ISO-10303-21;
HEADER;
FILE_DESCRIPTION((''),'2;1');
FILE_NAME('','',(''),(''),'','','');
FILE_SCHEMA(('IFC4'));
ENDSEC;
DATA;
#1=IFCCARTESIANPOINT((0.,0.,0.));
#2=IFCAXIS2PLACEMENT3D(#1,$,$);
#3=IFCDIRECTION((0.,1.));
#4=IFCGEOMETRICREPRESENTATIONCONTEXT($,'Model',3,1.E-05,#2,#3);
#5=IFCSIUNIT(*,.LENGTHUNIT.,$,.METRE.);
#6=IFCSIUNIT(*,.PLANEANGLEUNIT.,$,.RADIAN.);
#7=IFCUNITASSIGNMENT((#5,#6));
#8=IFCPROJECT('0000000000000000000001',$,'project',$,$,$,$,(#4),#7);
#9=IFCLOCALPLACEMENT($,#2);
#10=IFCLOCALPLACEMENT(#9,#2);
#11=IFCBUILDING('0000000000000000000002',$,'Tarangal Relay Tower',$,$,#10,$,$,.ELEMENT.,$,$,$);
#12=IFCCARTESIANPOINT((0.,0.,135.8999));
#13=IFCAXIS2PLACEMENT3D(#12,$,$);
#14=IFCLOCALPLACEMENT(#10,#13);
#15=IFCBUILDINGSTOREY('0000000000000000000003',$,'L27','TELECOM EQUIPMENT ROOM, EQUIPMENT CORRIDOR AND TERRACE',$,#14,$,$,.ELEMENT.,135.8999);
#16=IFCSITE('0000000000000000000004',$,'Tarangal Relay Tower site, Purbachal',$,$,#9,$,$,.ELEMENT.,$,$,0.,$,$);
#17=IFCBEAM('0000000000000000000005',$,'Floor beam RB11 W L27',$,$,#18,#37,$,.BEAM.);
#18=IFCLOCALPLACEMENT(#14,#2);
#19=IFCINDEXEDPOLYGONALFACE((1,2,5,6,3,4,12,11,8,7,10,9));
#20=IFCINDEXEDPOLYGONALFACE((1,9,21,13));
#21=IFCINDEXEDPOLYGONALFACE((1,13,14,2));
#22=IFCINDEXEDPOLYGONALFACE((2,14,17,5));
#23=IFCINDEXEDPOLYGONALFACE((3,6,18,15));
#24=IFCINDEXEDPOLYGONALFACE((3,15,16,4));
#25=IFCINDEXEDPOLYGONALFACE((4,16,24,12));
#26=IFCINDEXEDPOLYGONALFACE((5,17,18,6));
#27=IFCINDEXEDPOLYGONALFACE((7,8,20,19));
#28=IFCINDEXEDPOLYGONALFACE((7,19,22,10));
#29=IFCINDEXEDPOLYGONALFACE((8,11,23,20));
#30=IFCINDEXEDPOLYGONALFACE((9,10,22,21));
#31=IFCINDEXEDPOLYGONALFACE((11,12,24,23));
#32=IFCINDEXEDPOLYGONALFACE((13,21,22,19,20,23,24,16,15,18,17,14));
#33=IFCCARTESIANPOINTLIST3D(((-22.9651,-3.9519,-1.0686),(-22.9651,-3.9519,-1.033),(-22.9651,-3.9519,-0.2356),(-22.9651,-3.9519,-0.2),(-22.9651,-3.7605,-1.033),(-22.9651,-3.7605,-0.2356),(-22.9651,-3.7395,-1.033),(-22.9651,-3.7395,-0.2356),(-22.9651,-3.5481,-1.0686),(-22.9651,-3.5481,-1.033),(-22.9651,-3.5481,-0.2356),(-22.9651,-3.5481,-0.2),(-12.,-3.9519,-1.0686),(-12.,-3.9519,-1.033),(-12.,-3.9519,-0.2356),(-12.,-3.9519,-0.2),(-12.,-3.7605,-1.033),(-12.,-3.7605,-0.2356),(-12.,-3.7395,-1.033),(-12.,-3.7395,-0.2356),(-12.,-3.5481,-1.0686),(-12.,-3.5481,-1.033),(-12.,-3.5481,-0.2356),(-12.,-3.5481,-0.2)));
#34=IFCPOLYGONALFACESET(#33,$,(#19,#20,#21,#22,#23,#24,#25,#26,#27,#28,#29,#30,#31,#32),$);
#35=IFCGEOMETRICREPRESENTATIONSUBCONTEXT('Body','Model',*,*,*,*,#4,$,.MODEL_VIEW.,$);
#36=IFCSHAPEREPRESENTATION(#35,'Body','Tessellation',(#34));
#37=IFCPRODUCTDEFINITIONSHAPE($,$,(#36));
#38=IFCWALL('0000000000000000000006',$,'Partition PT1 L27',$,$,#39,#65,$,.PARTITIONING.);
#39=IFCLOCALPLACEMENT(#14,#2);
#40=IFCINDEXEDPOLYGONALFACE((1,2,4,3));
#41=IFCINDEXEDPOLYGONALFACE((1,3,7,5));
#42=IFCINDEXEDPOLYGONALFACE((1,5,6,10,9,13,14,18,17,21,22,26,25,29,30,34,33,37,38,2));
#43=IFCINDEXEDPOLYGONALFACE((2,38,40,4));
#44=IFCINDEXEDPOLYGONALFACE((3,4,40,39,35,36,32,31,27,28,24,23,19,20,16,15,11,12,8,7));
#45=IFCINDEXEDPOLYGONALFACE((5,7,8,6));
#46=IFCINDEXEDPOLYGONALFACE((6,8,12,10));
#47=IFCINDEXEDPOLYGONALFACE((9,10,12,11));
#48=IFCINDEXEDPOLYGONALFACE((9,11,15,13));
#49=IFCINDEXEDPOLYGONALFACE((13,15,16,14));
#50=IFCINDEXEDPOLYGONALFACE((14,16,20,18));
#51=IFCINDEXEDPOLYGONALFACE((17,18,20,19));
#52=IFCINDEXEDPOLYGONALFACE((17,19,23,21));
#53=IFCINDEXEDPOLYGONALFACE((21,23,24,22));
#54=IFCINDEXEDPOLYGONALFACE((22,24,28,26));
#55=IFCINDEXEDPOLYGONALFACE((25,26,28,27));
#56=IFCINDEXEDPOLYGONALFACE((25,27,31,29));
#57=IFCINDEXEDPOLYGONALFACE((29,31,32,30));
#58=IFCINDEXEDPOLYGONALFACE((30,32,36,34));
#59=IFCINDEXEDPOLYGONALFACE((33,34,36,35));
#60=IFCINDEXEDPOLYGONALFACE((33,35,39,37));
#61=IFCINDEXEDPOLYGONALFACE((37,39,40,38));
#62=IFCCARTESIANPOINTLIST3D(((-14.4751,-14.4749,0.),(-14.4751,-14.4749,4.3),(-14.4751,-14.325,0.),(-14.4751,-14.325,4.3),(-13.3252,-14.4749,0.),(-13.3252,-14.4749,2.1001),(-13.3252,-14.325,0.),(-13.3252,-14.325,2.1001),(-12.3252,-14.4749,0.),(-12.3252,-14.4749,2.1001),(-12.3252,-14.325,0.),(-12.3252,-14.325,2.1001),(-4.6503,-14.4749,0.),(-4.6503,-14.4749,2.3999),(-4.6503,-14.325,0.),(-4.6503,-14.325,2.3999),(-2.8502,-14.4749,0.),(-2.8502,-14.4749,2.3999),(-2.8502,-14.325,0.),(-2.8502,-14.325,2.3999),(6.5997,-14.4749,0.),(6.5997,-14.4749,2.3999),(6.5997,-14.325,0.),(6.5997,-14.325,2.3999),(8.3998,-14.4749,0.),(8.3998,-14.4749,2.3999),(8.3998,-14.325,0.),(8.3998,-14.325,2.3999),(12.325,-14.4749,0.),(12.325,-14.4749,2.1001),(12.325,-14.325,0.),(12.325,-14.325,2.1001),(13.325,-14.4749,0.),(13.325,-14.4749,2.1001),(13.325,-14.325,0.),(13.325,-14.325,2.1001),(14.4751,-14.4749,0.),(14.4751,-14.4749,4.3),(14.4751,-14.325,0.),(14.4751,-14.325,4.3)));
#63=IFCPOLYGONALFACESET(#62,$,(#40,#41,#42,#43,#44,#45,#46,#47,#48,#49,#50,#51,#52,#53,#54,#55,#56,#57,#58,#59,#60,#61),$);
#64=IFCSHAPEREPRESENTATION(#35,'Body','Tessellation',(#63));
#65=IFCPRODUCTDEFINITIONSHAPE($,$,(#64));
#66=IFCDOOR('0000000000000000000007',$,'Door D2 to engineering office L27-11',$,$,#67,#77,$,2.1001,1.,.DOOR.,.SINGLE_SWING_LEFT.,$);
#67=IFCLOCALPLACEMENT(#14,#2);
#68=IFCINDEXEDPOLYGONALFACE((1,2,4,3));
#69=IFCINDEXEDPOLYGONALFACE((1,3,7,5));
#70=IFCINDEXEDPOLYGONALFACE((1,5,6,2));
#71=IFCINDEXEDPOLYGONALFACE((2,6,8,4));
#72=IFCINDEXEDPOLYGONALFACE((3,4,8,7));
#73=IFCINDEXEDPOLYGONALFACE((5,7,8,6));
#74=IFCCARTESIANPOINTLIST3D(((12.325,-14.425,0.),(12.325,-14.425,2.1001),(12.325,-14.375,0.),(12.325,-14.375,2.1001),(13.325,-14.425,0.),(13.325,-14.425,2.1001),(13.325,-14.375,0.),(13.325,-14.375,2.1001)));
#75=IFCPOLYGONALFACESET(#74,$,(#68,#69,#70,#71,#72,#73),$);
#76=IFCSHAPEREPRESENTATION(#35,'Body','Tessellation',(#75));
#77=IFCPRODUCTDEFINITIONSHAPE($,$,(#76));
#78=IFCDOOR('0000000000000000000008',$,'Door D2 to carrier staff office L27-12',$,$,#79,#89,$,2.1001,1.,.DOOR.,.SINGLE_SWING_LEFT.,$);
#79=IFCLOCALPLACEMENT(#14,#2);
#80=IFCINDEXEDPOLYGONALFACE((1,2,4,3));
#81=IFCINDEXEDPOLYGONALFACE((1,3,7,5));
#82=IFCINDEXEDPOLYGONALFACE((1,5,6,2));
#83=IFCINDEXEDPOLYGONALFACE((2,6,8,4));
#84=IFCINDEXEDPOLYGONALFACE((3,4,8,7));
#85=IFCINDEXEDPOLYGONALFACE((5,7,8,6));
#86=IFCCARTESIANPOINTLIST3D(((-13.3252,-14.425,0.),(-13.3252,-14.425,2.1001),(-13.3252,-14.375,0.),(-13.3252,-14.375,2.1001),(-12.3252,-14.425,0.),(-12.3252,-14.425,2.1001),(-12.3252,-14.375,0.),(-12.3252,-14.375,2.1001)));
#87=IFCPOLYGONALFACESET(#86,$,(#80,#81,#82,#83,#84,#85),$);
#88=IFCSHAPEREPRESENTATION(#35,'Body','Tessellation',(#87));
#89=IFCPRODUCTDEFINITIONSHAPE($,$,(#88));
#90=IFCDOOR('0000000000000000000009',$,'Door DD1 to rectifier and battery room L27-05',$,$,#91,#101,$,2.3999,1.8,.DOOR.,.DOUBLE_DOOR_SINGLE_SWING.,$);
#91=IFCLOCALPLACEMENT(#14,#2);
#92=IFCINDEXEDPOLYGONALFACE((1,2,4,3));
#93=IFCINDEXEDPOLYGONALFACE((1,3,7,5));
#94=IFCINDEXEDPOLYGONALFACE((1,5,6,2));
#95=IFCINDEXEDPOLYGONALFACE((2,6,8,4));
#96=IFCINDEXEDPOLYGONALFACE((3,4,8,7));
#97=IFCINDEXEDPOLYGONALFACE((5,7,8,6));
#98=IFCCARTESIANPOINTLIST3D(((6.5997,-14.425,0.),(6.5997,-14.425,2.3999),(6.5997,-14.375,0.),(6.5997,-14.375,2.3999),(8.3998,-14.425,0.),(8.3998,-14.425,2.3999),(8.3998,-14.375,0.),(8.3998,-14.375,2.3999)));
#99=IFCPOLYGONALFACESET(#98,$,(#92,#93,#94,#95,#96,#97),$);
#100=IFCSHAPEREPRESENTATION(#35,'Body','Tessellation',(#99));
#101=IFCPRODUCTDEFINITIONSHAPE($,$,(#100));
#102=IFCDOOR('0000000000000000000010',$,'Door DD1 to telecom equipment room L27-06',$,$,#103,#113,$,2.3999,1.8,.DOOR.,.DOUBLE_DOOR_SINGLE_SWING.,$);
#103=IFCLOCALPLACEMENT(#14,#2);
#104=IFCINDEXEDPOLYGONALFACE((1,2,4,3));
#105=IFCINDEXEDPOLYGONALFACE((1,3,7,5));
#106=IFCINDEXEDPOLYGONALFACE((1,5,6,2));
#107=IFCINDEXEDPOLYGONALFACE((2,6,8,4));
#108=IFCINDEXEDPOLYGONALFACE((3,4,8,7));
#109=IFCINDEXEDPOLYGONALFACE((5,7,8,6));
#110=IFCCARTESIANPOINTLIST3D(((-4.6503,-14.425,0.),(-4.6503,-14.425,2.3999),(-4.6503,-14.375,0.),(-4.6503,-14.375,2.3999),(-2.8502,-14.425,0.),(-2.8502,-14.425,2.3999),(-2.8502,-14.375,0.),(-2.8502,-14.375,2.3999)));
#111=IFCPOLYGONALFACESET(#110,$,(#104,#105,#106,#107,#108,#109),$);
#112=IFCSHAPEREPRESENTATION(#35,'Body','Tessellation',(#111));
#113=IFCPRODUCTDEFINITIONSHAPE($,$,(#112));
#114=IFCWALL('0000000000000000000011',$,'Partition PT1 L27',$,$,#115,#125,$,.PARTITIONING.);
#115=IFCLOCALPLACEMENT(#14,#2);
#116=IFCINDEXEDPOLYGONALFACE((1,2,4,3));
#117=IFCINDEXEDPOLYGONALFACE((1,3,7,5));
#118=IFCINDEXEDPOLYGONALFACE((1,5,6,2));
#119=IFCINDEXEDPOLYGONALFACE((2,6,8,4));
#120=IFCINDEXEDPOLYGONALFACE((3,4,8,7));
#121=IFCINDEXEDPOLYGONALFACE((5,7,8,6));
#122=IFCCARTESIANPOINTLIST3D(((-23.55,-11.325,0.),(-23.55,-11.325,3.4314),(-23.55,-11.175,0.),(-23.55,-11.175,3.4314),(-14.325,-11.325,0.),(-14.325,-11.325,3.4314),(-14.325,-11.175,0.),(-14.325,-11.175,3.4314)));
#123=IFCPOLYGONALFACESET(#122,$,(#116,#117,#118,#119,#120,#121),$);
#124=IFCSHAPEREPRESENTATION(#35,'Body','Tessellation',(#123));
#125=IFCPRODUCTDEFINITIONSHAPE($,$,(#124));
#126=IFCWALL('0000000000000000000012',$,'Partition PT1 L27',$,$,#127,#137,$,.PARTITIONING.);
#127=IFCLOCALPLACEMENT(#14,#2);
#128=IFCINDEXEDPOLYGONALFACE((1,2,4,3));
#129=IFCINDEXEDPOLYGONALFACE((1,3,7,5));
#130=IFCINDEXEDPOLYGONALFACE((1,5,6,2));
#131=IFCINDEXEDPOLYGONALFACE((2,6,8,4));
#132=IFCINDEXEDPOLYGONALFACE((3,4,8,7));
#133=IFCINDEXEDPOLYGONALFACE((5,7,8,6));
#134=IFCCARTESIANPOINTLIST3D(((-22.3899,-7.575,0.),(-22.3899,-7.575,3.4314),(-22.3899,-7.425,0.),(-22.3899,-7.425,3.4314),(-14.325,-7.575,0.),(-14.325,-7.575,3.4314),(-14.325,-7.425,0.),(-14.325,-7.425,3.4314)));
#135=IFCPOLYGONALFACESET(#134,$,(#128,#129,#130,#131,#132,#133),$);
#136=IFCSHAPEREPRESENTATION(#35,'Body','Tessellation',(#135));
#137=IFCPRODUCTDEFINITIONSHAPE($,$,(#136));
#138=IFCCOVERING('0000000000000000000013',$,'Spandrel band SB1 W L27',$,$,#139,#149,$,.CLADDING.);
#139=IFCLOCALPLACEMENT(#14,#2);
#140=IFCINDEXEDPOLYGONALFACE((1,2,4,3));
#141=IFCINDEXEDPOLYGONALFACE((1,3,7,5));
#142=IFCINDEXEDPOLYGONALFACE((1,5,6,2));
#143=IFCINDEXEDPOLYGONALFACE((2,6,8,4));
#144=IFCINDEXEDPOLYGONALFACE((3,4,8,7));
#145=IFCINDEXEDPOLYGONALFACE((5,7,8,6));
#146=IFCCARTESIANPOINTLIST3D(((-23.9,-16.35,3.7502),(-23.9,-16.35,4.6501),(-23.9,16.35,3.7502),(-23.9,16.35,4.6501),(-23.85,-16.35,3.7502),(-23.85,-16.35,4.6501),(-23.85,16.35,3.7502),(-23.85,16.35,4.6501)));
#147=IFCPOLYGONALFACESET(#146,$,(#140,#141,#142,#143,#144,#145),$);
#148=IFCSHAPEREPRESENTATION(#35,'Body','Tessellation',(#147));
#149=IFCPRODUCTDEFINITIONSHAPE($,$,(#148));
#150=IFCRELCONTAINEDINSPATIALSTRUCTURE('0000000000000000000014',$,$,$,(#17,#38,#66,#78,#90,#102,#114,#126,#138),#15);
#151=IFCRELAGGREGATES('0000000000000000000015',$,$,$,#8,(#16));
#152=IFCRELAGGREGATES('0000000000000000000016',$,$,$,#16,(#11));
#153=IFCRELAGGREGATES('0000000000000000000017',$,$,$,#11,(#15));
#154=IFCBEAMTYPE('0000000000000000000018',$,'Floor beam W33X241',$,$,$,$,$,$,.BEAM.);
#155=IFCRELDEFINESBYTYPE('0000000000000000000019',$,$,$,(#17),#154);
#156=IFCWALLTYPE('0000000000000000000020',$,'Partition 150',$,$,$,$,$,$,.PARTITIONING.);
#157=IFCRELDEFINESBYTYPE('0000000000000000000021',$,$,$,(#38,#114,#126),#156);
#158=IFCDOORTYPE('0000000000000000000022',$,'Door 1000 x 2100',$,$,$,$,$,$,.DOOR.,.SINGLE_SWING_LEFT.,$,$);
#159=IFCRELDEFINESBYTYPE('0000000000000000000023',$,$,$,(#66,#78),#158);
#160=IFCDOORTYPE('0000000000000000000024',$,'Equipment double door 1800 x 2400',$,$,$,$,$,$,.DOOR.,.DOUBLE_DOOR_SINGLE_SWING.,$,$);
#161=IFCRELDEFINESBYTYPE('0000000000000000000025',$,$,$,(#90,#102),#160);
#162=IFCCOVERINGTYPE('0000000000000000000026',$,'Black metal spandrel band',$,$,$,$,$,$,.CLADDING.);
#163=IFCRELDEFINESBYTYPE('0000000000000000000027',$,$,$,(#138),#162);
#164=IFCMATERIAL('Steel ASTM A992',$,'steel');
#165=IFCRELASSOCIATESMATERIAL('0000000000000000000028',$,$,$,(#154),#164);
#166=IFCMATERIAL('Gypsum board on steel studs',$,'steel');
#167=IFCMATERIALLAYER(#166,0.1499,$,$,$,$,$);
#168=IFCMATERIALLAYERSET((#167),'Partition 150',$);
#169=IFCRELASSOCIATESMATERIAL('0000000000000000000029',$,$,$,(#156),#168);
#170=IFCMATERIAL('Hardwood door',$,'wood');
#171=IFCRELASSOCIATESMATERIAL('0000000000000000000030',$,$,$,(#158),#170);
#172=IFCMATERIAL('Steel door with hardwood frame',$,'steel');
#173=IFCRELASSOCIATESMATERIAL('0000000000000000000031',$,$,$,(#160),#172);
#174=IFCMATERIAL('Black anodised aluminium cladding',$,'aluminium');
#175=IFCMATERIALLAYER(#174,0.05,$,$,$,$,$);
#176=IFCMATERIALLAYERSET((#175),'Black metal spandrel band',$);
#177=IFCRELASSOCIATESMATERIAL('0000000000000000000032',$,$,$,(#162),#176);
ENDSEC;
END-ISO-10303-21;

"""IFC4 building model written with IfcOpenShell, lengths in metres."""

from ifc_helpers import new_model, si_unit, direction, frame, frame_2d, origin, origin_2d, place, context, subcontext, project, spatial, rectangle, i_section, extrude, material, layer, layer_set, material_profile, profile_set, type_object, element, fill, save


model = new_model("IFC4")

# Units and contexts
model_context = context("Model", 3, precision=1e-05, world=origin(), true_north=direction((0.0, 1.0)))
body_context = subcontext(model_context, "Body", "Model", "MODEL_VIEW")
ifc_project = project(units=[si_unit("LENGTHUNIT", "METRE"), si_unit("PLANEANGLEUNIT", "RADIAN")], contexts=[model_context])

# Site, building, storey
site_placement = place(None, origin())
site = spatial("IfcSite", under=ifc_project, at=site_placement, Name="Tarangal Relay Tower site, Purbachal", CompositionType="ELEMENT", RefElevation=0.0)
building_placement = place(site_placement, origin())
building = spatial("IfcBuilding", under=site, at=building_placement, Name="Tarangal Relay Tower", CompositionType="ELEMENT")
storey_placement = place(building_placement, frame((0.0, 0.0, 135.8999)))
storey = spatial("IfcBuildingStorey", under=building, at=storey_placement, Name="L27", Description="TELECOM EQUIPMENT ROOM, EQUIPMENT CORRIDOR AND TERRACE", CompositionType="ELEMENT", Elevation=135.8999)

# Beam
ifc_material_1 = material(Name="Steel ASTM A992", Category="steel")
ifc_material_profile_1 = material_profile(ifc_material_1, i_section(OverallWidth=0.4038, OverallDepth=0.8687, WebThickness=0.021, FlangeThickness=0.0356, at=origin_2d()), Name="W33X241")
ifc_profile_set_1 = profile_set([ifc_material_profile_1], Name="Steel ASTM A992")
beam_type_1 = type_object("IfcBeamType", Name="Floor beam W33X241", PredefinedType="BEAM", material=ifc_profile_set_1)
for number, where, z_axis, x_axis, name in (
    (1, (-12.0, -3.75, -0.6343), (-1.0, 0.0, 0.0), (0.0, -1.0, 0.0), "Floor beam RB11 W L27"),
):
    element("IfcBeam", number, at=place(storey_placement, frame(where, z_axis=z_axis, x_axis=x_axis)), inside=storey, type_object=beam_type_1, Name=name, PredefinedType="BEAM", context=body_context, shape_type="SweptSolid", body=[
        extrude(i_section(OverallWidth=0.4038, OverallDepth=0.8687, WebThickness=0.021, FlangeThickness=0.0356, at=origin_2d()), origin(), (0.0, 0.0, 1.0), 10.9651),
    ])

# Wall, openings, doors
ifc_material_2 = material(Name="Gypsum board on steel studs", Category="steel")
ifc_layer_1 = layer(ifc_material_2, 0.1499)
ifc_layer_set_1 = layer_set([ifc_layer_1], Name="Partition 150")
wall_type = type_object("IfcWallType", Name="Partition 150", PredefinedType="PARTITIONING", material=ifc_layer_set_1)
wall_1_placement = place(storey_placement, frame((-14.4751, -14.3999, 0.0), z_axis=(0.0, 0.0, 1.0), x_axis=(1.0, 0.0, 0.0)))
wall_1 = element("IfcWall", 2, at=wall_1_placement, inside=storey, type_object=wall_type, Name="Partition PT1 L27", PredefinedType="PARTITIONING", context=body_context, shape_type="SweptSolid", body=[
    extrude(rectangle(XDim=28.9502, YDim=0.1499, at=frame_2d((14.4751, 0.0))), origin(), (0.0, 0.0, 1.0), 4.3),
])
opening_1_placement = place(wall_1_placement, frame((21.075, 0.0, 0.0)))
opening_1 = element("IfcOpeningElement", 3, at=opening_1_placement, cuts=wall_1, PredefinedType="OPENING", context=body_context, shape_type="SweptSolid", body=[
    extrude(rectangle(XDim=1.8, YDim=2.3999, at=frame_2d((0.8999, 1.2))), frame((0.0, 0.085, 0.0), z_axis=(0.0, -1.0, 0.0), x_axis=(1.0, 0.0, 0.0)), (0.0, 0.0, 1.0), 0.1699),
])
opening_2_placement = place(wall_1_placement, frame((9.825, 0.0, 0.0)))
opening_2 = element("IfcOpeningElement", 4, at=opening_2_placement, cuts=wall_1, PredefinedType="OPENING", context=body_context, shape_type="SweptSolid", body=[
    extrude(rectangle(XDim=1.8, YDim=2.3999, at=frame_2d((0.8999, 1.2))), frame((0.0, 0.085, 0.0), z_axis=(0.0, -1.0, 0.0), x_axis=(1.0, 0.0, 0.0)), (0.0, 0.0, 1.0), 0.1699),
])
opening_3_placement = place(wall_1_placement, frame((26.8, 0.0, 0.0)))
opening_3 = element("IfcOpeningElement", 5, at=opening_3_placement, cuts=wall_1, PredefinedType="OPENING", context=body_context, shape_type="SweptSolid", body=[
    extrude(rectangle(XDim=1.0, YDim=2.1001, at=frame_2d((0.5, 1.05))), frame((0.0, 0.085, 0.0), z_axis=(0.0, -1.0, 0.0), x_axis=(1.0, 0.0, 0.0)), (0.0, 0.0, 1.0), 0.1699),
])
opening_4_placement = place(wall_1_placement, frame((1.1499, 0.0, 0.0)))
opening_4 = element("IfcOpeningElement", 6, at=opening_4_placement, cuts=wall_1, PredefinedType="OPENING", context=body_context, shape_type="SweptSolid", body=[
    extrude(rectangle(XDim=1.0, YDim=2.1001, at=frame_2d((0.5, 1.05))), frame((0.0, 0.085, 0.0), z_axis=(0.0, -1.0, 0.0), x_axis=(1.0, 0.0, 0.0)), (0.0, 0.0, 1.0), 0.1699),
])
ifc_material_3 = material(Name="Hardwood door", Category="wood")
door_type_1 = type_object("IfcDoorType", Name="Door 1000 x 2100", OperationType="SINGLE_SWING_LEFT", PredefinedType="DOOR", material=ifc_material_3)
door_1_placement = place(opening_3_placement, origin())
door_1 = element("IfcDoor", 7, at=door_1_placement, inside=storey, type_object=door_type_1, Name="Door D2 to engineering office L27-11", OperationType="SINGLE_SWING_LEFT", OverallHeight=2.1001, OverallWidth=1.0, PredefinedType="DOOR", context=body_context, shape_type="SweptSolid", body=[
    extrude(rectangle(XDim=1.0, YDim=2.1001, at=frame_2d((0.5, 1.05))), frame((0.0, 0.0249, 0.0), z_axis=(0.0, -1.0, 0.0), x_axis=(1.0, 0.0, 0.0)), (0.0, 0.0, 1.0), 0.05),
])
fill(opening_3, door_1)
door_2_placement = place(opening_4_placement, origin())
door_2 = element("IfcDoor", 8, at=door_2_placement, inside=storey, type_object=door_type_1, Name="Door D2 to carrier staff office L27-12", OperationType="SINGLE_SWING_LEFT", OverallHeight=2.1001, OverallWidth=1.0, PredefinedType="DOOR", context=body_context, shape_type="SweptSolid", body=[
    extrude(rectangle(XDim=1.0, YDim=2.1001, at=frame_2d((0.5, 1.05))), frame((0.0, 0.0249, 0.0), z_axis=(0.0, -1.0, 0.0), x_axis=(1.0, 0.0, 0.0)), (0.0, 0.0, 1.0), 0.05),
])
fill(opening_4, door_2)
ifc_material_4 = material(Name="Steel door with hardwood frame", Category="steel")
door_type_2 = type_object("IfcDoorType", Name="Equipment double door 1800 x 2400", OperationType="DOUBLE_DOOR_SINGLE_SWING", PredefinedType="DOOR", material=ifc_material_4)
door_3_placement = place(opening_1_placement, origin())
door_3 = element("IfcDoor", 9, at=door_3_placement, inside=storey, type_object=door_type_2, Name="Door DD1 to rectifier and battery room L27-05", OperationType="DOUBLE_DOOR_SINGLE_SWING", OverallHeight=2.3999, OverallWidth=1.8, PredefinedType="DOOR", context=body_context, shape_type="SweptSolid", body=[
    extrude(rectangle(XDim=1.8, YDim=2.3999, at=frame_2d((0.8999, 1.2))), frame((0.0, 0.0249, 0.0), z_axis=(0.0, -1.0, 0.0), x_axis=(1.0, 0.0, 0.0)), (0.0, 0.0, 1.0), 0.05),
])
fill(opening_1, door_3)
door_4_placement = place(opening_2_placement, origin())
door_4 = element("IfcDoor", 10, at=door_4_placement, inside=storey, type_object=door_type_2, Name="Door DD1 to telecom equipment room L27-06", OperationType="DOUBLE_DOOR_SINGLE_SWING", OverallHeight=2.3999, OverallWidth=1.8, PredefinedType="DOOR", context=body_context, shape_type="SweptSolid", body=[
    extrude(rectangle(XDim=1.8, YDim=2.3999, at=frame_2d((0.8999, 1.2))), frame((0.0, 0.0249, 0.0), z_axis=(0.0, -1.0, 0.0), x_axis=(1.0, 0.0, 0.0)), (0.0, 0.0, 1.0), 0.05),
])
fill(opening_2, door_4)

# Walls
wall_2_placement = place(storey_placement, frame((-23.55, -11.25, 0.0), z_axis=(0.0, 0.0, 1.0), x_axis=(1.0, 0.0, 0.0)))
element("IfcWall", 11, at=wall_2_placement, inside=storey, type_object=wall_type, Name="Partition PT1 L27", PredefinedType="PARTITIONING", context=body_context, shape_type="SweptSolid", body=[
    extrude(rectangle(XDim=9.2251, YDim=0.1499, at=frame_2d((4.6125, 0.0))), origin(), (0.0, 0.0, 1.0), 3.4314),
])
wall_3_placement = place(storey_placement, frame((-22.3899, -7.5, 0.0), z_axis=(0.0, 0.0, 1.0), x_axis=(1.0, 0.0, 0.0)))
element("IfcWall", 12, at=wall_3_placement, inside=storey, type_object=wall_type, Name="Partition PT1 L27", PredefinedType="PARTITIONING", context=body_context, shape_type="SweptSolid", body=[
    extrude(rectangle(XDim=8.0649, YDim=0.1499, at=frame_2d((4.0325, 0.0))), origin(), (0.0, 0.0, 1.0), 3.4314),
])

# Covering
ifc_material_5 = material(Name="Black anodised aluminium cladding", Category="aluminium")
ifc_layer_2 = layer(ifc_material_5, 0.05)
ifc_layer_set_2 = layer_set([ifc_layer_2], Name="Black metal spandrel band")
covering_type = type_object("IfcCoveringType", Name="Black metal spandrel band", PredefinedType="CLADDING", material=ifc_layer_set_2)
covering_placement = place(storey_placement, frame((-23.875, 0.0, 3.7502), z_axis=(0.0, 0.0, 1.0), x_axis=(0.0, 1.0, 0.0)))
element("IfcCovering", 13, at=covering_placement, inside=storey, type_object=covering_type, Name="Spandrel band SB1 W L27", PredefinedType="CLADDING", context=body_context, shape_type="SweptSolid", body=[
    extrude(rectangle(XDim=32.7, YDim=0.05, at=origin_2d()), origin(), (0.0, 0.0, 1.0), 0.8999),
])

save(model, "model.ifc")
